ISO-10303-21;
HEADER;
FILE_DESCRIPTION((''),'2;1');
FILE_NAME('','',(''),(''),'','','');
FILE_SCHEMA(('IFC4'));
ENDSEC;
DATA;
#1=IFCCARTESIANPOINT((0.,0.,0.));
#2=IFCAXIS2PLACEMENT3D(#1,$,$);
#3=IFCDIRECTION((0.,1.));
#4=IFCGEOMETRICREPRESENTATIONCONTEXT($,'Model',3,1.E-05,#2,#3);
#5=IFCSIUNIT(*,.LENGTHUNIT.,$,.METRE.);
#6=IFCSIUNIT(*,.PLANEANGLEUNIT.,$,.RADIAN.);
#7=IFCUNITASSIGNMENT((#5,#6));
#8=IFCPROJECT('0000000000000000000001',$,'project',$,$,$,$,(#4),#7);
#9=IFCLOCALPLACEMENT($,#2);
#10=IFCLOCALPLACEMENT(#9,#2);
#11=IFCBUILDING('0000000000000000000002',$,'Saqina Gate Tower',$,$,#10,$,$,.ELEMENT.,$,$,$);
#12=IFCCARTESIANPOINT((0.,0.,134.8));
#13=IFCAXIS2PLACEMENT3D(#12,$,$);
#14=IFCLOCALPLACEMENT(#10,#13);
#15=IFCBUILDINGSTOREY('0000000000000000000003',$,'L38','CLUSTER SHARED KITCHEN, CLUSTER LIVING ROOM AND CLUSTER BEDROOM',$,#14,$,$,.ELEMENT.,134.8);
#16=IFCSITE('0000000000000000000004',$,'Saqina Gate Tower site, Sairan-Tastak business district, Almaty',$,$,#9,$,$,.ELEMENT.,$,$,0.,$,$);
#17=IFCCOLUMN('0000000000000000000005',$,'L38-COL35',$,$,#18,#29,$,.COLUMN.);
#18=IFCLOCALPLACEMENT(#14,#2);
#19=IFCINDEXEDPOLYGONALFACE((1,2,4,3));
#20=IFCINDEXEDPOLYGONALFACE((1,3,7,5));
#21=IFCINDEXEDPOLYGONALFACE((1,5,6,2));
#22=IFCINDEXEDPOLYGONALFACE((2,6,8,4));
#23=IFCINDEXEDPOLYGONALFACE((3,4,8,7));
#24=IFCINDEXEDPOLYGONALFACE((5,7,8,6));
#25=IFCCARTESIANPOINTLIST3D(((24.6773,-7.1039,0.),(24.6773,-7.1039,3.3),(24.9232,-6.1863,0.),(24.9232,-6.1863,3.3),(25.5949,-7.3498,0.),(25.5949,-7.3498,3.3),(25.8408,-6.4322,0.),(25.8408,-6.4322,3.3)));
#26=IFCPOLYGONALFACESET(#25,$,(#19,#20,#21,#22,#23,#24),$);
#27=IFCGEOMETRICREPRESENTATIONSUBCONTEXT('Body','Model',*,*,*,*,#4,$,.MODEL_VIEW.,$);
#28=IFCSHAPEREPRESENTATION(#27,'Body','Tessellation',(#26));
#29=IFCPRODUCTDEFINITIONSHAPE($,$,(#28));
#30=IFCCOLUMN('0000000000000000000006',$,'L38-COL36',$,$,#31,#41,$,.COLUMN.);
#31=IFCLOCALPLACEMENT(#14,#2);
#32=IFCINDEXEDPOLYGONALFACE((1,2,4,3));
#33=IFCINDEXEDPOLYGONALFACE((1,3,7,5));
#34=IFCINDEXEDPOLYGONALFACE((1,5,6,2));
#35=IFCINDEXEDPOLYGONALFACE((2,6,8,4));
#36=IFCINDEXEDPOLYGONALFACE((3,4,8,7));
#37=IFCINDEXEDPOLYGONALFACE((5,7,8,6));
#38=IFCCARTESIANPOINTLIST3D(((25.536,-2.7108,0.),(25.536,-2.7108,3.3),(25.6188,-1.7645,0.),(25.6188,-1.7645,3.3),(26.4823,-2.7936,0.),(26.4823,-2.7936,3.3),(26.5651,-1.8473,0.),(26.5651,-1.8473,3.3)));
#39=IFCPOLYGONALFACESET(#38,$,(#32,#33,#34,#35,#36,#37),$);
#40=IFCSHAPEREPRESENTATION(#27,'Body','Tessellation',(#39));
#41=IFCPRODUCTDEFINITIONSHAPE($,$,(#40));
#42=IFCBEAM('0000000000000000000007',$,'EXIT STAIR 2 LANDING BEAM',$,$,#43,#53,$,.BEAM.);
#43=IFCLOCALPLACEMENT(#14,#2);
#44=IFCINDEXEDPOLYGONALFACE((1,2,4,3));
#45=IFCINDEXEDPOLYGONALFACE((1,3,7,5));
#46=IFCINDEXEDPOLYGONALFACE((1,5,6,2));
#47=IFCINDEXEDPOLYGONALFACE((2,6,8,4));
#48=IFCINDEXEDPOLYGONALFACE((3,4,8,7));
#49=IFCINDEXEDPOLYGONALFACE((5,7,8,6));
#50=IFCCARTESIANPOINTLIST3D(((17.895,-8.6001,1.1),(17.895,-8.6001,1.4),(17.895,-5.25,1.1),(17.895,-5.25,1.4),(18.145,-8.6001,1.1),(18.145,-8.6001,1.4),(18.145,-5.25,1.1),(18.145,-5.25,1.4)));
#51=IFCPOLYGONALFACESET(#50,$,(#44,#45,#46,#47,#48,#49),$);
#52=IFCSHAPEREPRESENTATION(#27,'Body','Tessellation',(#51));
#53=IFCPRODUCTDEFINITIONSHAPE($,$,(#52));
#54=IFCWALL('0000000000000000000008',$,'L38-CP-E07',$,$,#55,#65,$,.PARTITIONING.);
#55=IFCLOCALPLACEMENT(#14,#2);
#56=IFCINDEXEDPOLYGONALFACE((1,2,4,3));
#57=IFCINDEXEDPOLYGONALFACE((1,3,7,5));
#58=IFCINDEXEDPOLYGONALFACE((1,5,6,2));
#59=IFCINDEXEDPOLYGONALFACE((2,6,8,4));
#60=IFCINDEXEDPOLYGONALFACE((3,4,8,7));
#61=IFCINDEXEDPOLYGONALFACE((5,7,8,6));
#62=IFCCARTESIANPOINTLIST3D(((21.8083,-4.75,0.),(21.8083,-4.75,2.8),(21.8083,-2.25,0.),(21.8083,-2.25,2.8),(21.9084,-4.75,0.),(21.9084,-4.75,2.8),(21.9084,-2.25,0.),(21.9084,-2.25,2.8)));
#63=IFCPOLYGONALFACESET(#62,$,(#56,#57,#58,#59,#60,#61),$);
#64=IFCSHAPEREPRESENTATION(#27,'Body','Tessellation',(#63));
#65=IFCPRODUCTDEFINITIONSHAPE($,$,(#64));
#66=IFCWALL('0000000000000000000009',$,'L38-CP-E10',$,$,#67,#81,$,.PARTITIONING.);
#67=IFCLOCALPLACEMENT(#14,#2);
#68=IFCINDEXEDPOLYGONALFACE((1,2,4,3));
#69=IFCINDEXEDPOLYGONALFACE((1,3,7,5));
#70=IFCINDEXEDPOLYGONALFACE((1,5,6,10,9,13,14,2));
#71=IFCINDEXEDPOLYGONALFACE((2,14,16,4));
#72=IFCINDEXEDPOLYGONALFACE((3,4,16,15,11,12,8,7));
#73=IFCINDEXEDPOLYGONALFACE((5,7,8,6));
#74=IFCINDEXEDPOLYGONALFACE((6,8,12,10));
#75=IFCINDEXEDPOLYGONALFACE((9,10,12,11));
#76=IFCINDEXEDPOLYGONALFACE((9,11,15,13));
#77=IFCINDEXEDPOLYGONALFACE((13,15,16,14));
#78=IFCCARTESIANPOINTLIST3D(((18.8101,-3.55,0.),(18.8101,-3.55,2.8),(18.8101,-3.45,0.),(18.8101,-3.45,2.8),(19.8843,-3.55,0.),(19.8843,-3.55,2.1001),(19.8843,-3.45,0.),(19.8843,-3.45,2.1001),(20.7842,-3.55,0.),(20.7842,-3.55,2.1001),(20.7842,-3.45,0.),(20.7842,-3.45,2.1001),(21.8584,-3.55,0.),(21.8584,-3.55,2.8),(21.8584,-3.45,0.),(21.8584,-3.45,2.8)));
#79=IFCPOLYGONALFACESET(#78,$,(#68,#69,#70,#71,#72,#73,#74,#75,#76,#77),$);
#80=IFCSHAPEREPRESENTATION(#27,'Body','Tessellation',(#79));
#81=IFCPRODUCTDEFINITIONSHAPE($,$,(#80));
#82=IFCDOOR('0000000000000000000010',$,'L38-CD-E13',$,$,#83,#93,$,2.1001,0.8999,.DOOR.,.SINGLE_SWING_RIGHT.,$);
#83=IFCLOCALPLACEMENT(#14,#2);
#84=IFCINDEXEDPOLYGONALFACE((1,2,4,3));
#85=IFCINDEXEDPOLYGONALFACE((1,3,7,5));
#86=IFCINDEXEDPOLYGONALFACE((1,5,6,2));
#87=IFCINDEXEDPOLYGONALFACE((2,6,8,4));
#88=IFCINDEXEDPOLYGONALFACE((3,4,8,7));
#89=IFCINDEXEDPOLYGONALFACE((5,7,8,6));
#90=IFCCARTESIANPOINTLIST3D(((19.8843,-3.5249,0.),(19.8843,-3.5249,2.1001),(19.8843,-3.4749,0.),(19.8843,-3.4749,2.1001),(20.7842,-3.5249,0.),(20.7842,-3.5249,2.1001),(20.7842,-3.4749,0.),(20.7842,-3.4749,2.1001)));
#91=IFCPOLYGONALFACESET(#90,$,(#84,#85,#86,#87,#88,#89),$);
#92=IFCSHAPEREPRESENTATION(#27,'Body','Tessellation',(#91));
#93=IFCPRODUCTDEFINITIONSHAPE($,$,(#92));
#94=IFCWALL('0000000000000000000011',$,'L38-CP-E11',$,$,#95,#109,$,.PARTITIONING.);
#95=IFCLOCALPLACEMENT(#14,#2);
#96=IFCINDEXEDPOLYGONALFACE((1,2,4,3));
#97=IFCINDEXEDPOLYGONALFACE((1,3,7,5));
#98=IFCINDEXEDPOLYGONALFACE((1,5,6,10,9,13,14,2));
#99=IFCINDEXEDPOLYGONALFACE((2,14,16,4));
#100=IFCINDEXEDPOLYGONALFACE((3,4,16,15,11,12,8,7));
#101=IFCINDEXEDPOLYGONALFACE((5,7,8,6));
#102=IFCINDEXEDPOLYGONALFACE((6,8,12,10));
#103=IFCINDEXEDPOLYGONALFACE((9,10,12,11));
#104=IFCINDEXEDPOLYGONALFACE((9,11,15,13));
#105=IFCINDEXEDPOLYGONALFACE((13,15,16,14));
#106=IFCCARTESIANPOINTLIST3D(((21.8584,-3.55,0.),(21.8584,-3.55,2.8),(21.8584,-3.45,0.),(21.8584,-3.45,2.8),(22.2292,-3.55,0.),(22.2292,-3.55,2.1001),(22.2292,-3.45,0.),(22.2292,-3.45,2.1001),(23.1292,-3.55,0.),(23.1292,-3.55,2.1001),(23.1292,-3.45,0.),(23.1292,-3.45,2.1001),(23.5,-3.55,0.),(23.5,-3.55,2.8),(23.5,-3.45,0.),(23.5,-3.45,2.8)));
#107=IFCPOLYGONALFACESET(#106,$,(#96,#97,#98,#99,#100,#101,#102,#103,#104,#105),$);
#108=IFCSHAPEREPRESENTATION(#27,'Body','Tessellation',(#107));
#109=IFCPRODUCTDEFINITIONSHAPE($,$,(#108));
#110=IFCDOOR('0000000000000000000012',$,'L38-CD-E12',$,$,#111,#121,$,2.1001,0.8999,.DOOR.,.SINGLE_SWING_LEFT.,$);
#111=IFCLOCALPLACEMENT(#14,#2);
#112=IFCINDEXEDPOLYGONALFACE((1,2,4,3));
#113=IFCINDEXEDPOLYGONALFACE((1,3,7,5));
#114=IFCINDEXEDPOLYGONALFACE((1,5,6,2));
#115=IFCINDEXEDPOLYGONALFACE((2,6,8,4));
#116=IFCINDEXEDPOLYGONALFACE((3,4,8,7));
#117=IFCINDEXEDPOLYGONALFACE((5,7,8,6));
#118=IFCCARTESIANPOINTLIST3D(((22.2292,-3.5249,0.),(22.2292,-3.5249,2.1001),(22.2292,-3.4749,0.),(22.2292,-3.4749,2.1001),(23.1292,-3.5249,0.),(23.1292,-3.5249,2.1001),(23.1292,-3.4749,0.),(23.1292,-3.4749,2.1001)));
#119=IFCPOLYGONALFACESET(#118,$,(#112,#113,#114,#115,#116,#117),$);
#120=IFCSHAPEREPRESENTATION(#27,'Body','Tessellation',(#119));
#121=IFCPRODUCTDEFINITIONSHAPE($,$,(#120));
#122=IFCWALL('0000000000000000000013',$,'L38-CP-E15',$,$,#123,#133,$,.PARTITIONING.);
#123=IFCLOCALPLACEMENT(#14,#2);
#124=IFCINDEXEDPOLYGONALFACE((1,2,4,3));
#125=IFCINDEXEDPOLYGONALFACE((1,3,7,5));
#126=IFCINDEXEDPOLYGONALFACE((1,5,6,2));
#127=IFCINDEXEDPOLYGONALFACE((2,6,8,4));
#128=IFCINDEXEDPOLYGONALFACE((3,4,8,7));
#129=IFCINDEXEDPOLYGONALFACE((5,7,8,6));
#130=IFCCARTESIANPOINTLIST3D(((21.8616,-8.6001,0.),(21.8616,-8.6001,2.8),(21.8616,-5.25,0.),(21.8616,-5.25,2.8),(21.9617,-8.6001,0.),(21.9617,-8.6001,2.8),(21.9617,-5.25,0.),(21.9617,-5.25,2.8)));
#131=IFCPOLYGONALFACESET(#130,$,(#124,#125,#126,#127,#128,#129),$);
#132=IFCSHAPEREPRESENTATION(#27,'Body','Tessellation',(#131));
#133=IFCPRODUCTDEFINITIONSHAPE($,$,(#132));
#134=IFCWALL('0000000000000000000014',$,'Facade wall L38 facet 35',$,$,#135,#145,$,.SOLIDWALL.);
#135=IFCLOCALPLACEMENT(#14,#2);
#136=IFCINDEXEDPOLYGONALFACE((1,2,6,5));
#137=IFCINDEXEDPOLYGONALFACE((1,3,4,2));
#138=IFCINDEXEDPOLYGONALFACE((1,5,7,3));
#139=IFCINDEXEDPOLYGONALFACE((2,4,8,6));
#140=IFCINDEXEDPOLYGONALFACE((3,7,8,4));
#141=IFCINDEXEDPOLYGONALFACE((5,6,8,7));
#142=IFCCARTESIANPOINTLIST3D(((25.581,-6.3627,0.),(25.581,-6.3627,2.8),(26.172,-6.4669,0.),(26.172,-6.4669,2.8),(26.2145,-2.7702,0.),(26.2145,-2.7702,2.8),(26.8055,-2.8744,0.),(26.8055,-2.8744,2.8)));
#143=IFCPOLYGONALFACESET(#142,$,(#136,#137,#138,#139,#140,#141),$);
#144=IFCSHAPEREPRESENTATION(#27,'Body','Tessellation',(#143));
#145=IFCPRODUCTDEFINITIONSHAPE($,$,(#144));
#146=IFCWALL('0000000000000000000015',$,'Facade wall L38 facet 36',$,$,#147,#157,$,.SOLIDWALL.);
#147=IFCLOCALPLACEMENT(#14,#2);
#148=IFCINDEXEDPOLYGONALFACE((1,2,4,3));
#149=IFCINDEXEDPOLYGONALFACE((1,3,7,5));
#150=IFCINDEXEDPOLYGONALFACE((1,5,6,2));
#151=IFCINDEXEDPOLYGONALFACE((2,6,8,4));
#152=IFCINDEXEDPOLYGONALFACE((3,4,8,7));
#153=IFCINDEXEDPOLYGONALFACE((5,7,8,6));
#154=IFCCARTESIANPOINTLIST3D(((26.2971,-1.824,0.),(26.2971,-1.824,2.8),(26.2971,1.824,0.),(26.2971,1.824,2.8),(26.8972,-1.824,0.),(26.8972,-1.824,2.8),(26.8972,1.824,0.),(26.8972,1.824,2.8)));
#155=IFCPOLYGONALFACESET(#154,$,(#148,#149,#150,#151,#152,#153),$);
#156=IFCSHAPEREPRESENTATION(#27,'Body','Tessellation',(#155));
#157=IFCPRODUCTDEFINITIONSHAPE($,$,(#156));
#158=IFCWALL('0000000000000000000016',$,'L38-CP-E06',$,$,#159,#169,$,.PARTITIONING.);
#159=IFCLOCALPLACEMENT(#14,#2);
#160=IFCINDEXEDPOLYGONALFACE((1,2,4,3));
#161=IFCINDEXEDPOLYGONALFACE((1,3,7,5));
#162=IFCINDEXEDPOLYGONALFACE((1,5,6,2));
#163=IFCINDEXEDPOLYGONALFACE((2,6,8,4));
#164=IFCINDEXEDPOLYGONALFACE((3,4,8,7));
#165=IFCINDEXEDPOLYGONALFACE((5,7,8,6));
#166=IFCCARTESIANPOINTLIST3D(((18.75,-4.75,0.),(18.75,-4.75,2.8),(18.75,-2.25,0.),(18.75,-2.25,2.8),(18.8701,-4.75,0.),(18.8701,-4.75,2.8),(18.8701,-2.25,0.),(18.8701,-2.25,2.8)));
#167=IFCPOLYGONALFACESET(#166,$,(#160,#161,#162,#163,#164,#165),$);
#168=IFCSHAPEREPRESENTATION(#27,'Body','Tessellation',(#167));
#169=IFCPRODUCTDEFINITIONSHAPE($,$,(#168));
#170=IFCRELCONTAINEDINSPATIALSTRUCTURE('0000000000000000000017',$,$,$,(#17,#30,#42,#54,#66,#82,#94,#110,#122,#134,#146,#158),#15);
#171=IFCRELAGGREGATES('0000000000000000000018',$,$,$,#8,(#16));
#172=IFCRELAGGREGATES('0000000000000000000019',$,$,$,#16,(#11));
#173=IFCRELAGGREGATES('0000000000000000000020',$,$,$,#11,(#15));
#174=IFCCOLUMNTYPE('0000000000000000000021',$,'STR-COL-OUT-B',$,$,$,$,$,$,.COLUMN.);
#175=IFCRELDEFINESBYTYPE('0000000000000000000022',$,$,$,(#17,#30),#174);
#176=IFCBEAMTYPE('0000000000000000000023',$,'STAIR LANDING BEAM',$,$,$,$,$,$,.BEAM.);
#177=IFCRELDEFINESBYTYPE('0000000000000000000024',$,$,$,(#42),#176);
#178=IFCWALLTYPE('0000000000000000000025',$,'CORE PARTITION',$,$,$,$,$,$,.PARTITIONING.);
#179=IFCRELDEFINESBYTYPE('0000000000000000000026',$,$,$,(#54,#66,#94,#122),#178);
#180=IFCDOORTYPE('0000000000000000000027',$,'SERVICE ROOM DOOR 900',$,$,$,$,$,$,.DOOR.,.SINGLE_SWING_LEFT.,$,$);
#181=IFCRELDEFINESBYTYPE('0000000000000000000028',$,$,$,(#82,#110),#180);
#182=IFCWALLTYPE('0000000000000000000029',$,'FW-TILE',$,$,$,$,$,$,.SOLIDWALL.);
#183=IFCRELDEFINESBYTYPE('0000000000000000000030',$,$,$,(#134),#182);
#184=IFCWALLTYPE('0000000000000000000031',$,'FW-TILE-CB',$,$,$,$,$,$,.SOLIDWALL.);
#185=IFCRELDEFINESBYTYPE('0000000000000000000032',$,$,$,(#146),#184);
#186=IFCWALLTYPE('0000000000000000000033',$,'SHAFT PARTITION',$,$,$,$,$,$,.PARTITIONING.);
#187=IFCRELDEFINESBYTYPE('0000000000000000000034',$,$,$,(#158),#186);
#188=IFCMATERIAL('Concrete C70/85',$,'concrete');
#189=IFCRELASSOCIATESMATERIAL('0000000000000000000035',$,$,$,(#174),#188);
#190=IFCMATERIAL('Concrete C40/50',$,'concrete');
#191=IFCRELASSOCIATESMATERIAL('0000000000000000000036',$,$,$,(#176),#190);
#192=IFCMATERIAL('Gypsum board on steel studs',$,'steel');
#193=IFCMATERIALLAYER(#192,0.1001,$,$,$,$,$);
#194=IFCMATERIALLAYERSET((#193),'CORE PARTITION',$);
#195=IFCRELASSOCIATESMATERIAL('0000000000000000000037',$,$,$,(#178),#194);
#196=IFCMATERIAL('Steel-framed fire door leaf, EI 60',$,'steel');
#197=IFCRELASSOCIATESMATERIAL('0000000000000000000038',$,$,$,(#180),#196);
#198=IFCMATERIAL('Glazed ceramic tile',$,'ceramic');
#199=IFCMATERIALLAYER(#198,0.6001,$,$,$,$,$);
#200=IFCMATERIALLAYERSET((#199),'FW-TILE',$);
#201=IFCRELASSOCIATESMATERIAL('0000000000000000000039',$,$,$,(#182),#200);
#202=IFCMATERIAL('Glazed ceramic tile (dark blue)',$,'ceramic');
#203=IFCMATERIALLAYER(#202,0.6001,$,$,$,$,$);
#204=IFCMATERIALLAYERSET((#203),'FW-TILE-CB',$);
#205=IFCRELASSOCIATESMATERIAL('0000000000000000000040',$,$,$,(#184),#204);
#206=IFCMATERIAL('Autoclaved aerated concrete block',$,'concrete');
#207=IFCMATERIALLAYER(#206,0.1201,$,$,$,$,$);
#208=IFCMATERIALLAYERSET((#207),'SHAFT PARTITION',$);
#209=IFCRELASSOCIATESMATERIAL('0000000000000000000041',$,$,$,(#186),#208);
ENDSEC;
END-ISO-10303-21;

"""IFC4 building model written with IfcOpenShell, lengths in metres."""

from ifc_helpers import new_model, si_unit, direction, frame, frame_2d, origin, origin_2d, place, context, subcontext, project, spatial, rectangle, extrude, material, layer, layer_set, material_profile, profile_set, type_object, element, fill, save


model = new_model("IFC4")

# Units and contexts
model_context = context("Model", 3, precision=1e-05, world=origin(), true_north=direction((0.0, 1.0)))
body_context = subcontext(model_context, "Body", "Model", "MODEL_VIEW")
ifc_project = project(units=[si_unit("LENGTHUNIT", "METRE"), si_unit("PLANEANGLEUNIT", "RADIAN")], contexts=[model_context])

# Site, building, storey
site_placement = place(None, origin())
site = spatial("IfcSite", under=ifc_project, at=site_placement, Name="Saqina Gate Tower site, Sairan-Tastak business district, Almaty", CompositionType="ELEMENT", RefElevation=0.0)
building_placement = place(site_placement, origin())
building = spatial("IfcBuilding", under=site, at=building_placement, Name="Saqina Gate Tower", CompositionType="ELEMENT")
storey_placement = place(building_placement, frame((0.0, 0.0, 134.8)))
storey = spatial("IfcBuildingStorey", under=building, at=storey_placement, Name="L38", Description="CLUSTER SHARED KITCHEN, CLUSTER LIVING ROOM AND CLUSTER BEDROOM", CompositionType="ELEMENT", Elevation=134.8)

# Columns
ifc_material_1 = material(Name="Concrete C70/85", Category="concrete")
ifc_material_profile_1 = material_profile(ifc_material_1, rectangle(XDim=0.95, YDim=0.95, at=origin_2d()), Name="RC 950x950")
ifc_profile_set_1 = profile_set([ifc_material_profile_1], Name="Concrete C70/85")
column_type = type_object("IfcColumnType", Name="STR-COL-OUT-B", PredefinedType="COLUMN", material=ifc_profile_set_1)
for number, where, z_axis, x_axis, name in (
    (1, (25.259, -6.7681, 0.0), (0.0, 0.0, 1.0), (0.965926, -0.258819, 0.0), "L38-COL35"),
    (2, (26.0505, -2.2791, 0.0), (0.0, 0.0, 1.0), (0.996195, -0.087156, 0.0), "L38-COL36"),
):
    element("IfcColumn", number, at=place(storey_placement, frame(where, z_axis=z_axis, x_axis=x_axis)), inside=storey, type_object=column_type, Name=name, PredefinedType="COLUMN", context=body_context, shape_type="SweptSolid", body=[
        extrude(rectangle(XDim=0.95, YDim=0.95, at=origin_2d()), origin(), (0.0, 0.0, 1.0), 3.3),
    ])

# Beam
ifc_material_2 = material(Name="Concrete C40/50", Category="concrete")
ifc_material_profile_2 = material_profile(ifc_material_2, rectangle(XDim=0.25, YDim=0.3, at=origin_2d()), Name="STAIR LANDING BEAM")
ifc_profile_set_2 = profile_set([ifc_material_profile_2], Name="Concrete C40/50")
beam_type = type_object("IfcBeamType", Name="STAIR LANDING BEAM", PredefinedType="BEAM", material=ifc_profile_set_2)
beam_placement = place(storey_placement, frame((18.02, -8.6001, 1.25), z_axis=(0.0, 1.0, 0.0), x_axis=(-1.0, 0.0, 0.0)))
element("IfcBeam", 3, at=beam_placement, inside=storey, type_object=beam_type, Name="EXIT STAIR 2 LANDING BEAM", PredefinedType="BEAM", context=body_context, shape_type="SweptSolid", body=[
    extrude(rectangle(XDim=0.25, YDim=0.3, at=origin_2d()), origin(), (0.0, 0.0, 1.0), 3.3501),
])

# Wall
ifc_material_3 = material(Name="Gypsum board on steel studs", Category="steel")
ifc_layer_1 = layer(ifc_material_3, 0.1001)
ifc_layer_set_1 = layer_set([ifc_layer_1], Name="CORE PARTITION")
wall_type_1 = type_object("IfcWallType", Name="CORE PARTITION", PredefinedType="PARTITIONING", material=ifc_layer_set_1)
wall_1_placement = place(storey_placement, frame((21.8584, -4.75, 0.0), z_axis=(0.0, 0.0, 1.0), x_axis=(0.0, 1.0, 0.0)))
element("IfcWall", 4, at=wall_1_placement, inside=storey, type_object=wall_type_1, Name="L38-CP-E07", PredefinedType="PARTITIONING", context=body_context, shape_type="SweptSolid", body=[
    extrude(rectangle(XDim=2.5, YDim=0.1001, at=frame_2d((1.25, 0.0))), origin(), (0.0, 0.0, 1.0), 2.8),
])

# Walls, openings, doors
wall_2_placement = place(storey_placement, frame((18.8101, -3.5, 0.0), z_axis=(0.0, 0.0, 1.0), x_axis=(1.0, 0.0, 0.0)))
wall_2 = element("IfcWall", 5, at=wall_2_placement, inside=storey, type_object=wall_type_1, Name="L38-CP-E10", PredefinedType="PARTITIONING", context=body_context, shape_type="SweptSolid", body=[
    extrude(rectangle(XDim=3.0483, YDim=0.1001, at=frame_2d((1.5242, 0.0))), origin(), (0.0, 0.0, 1.0), 2.8),
])
opening_1_placement = place(wall_2_placement, frame((1.0742, 0.0, 0.0)))
opening_1 = element("IfcOpeningElement", 6, at=opening_1_placement, cuts=wall_2, PredefinedType="OPENING", context=body_context, shape_type="SweptSolid", body=[
    extrude(rectangle(XDim=0.8999, YDim=2.1001, at=frame_2d((0.45, 1.05))), frame((0.0, 0.062, 0.0), z_axis=(0.0, -1.0, 0.0), x_axis=(1.0, 0.0, 0.0)), (0.0, 0.0, 1.0), 0.124),
])
ifc_material_4 = material(Name="Steel-framed fire door leaf, EI 60", Category="steel")
door_type = type_object("IfcDoorType", Name="SERVICE ROOM DOOR 900", OperationType="SINGLE_SWING_LEFT", PredefinedType="DOOR", material=ifc_material_4)
door_1_placement = place(opening_1_placement, frame((0.8999, 0.0, 0.0), z_axis=(0.0, 0.0, 1.0), x_axis=(-1.0, 0.0, 0.0)))
door_1 = element("IfcDoor", 7, at=door_1_placement, inside=storey, type_object=door_type, Name="L38-CD-E13", OperationType="SINGLE_SWING_RIGHT", OverallHeight=2.1001, OverallWidth=0.8999, PredefinedType="DOOR", context=body_context, shape_type="SweptSolid", body=[
    extrude(rectangle(XDim=0.8999, YDim=2.1001, at=frame_2d((0.45, 1.05))), frame((0.0, 0.0249, 0.0), z_axis=(0.0, -1.0, 0.0), x_axis=(1.0, 0.0, 0.0)), (0.0, 0.0, 1.0), 0.05),
])
fill(opening_1, door_1)
wall_3_placement = place(storey_placement, frame((21.8584, -3.5, 0.0), z_axis=(0.0, 0.0, 1.0), x_axis=(1.0, 0.0, 0.0)))
wall_3 = element("IfcWall", 8, at=wall_3_placement, inside=storey, type_object=wall_type_1, Name="L38-CP-E11", PredefinedType="PARTITIONING", context=body_context, shape_type="SweptSolid", body=[
    extrude(rectangle(XDim=1.6416, YDim=0.1001, at=frame_2d((0.8208, 0.0))), origin(), (0.0, 0.0, 1.0), 2.8),
])
opening_2_placement = place(wall_3_placement, frame((0.3708, 0.0, 0.0)))
opening_2 = element("IfcOpeningElement", 9, at=opening_2_placement, cuts=wall_3, PredefinedType="OPENING", context=body_context, shape_type="SweptSolid", body=[
    extrude(rectangle(XDim=0.8999, YDim=2.1001, at=frame_2d((0.45, 1.05))), frame((0.0, 0.062, 0.0), z_axis=(0.0, -1.0, 0.0), x_axis=(1.0, 0.0, 0.0)), (0.0, 0.0, 1.0), 0.124),
])
door_2_placement = place(opening_2_placement, frame((0.8999, 0.0, 0.0), z_axis=(0.0, 0.0, 1.0), x_axis=(-1.0, 0.0, 0.0)))
door_2 = element("IfcDoor", 10, at=door_2_placement, inside=storey, type_object=door_type, Name="L38-CD-E12", OperationType="SINGLE_SWING_LEFT", OverallHeight=2.1001, OverallWidth=0.8999, PredefinedType="DOOR", context=body_context, shape_type="SweptSolid", body=[
    extrude(rectangle(XDim=0.8999, YDim=2.1001, at=frame_2d((0.45, 1.05))), frame((0.0, 0.0249, 0.0), z_axis=(0.0, -1.0, 0.0), x_axis=(1.0, 0.0, 0.0)), (0.0, 0.0, 1.0), 0.05),
])
fill(opening_2, door_2)

# Walls
wall_4_placement = place(storey_placement, frame((21.9116, -8.6001, 0.0), z_axis=(0.0, 0.0, 1.0), x_axis=(0.0, 1.0, 0.0)))
element("IfcWall", 11, at=wall_4_placement, inside=storey, type_object=wall_type_1, Name="L38-CP-E15", PredefinedType="PARTITIONING", context=body_context, shape_type="SweptSolid", body=[
    extrude(rectangle(XDim=3.3501, YDim=0.1001, at=frame_2d((1.675, 0.0))), origin(), (0.0, 0.0, 1.0), 2.8),
])
ifc_material_5 = material(Name="Glazed ceramic tile", Category="ceramic")
ifc_layer_2 = layer(ifc_material_5, 0.6001)
ifc_layer_set_2 = layer_set([ifc_layer_2], Name="FW-TILE")
wall_type_2 = type_object("IfcWallType", Name="FW-TILE", PredefinedType="SOLIDWALL", material=ifc_layer_set_2)
wall_5_placement = place(storey_placement, frame((25.8765, -6.4148, 0.0), z_axis=(0.0, 0.0, 1.0), x_axis=(0.173671, 0.984804, 0.0)))
element("IfcWall", 12, at=wall_5_placement, inside=storey, type_object=wall_type_2, Name="Facade wall L38 facet 35", PredefinedType="SOLIDWALL", context=body_context, shape_type="SweptSolid", body=[
    extrude(rectangle(XDim=3.6479, YDim=0.6001, at=frame_2d((1.824, 0.0))), origin(), (0.0, 0.0, 1.0), 2.8),
])
ifc_material_6 = material(Name="Glazed ceramic tile (dark blue)", Category="ceramic")
ifc_layer_3 = layer(ifc_material_6, 0.6001)
ifc_layer_set_3 = layer_set([ifc_layer_3], Name="FW-TILE-CB")
wall_type_3 = type_object("IfcWallType", Name="FW-TILE-CB", PredefinedType="SOLIDWALL", material=ifc_layer_set_3)
wall_6_placement = place(storey_placement, frame((26.5972, -1.824, 0.0), z_axis=(0.0, 0.0, 1.0), x_axis=(0.0, 1.0, 0.0)))
element("IfcWall", 13, at=wall_6_placement, inside=storey, type_object=wall_type_3, Name="Facade wall L38 facet 36", PredefinedType="SOLIDWALL", context=body_context, shape_type="SweptSolid", body=[
    extrude(rectangle(XDim=3.6479, YDim=0.6001, at=frame_2d((1.824, 0.0))), origin(), (0.0, 0.0, 1.0), 2.8),
])
ifc_material_7 = material(Name="Autoclaved aerated concrete block", Category="concrete")
ifc_layer_4 = layer(ifc_material_7, 0.1201)
ifc_layer_set_4 = layer_set([ifc_layer_4], Name="SHAFT PARTITION")
wall_type_4 = type_object("IfcWallType", Name="SHAFT PARTITION", PredefinedType="PARTITIONING", material=ifc_layer_set_4)
wall_7_placement = place(storey_placement, frame((18.8101, -4.75, 0.0), z_axis=(0.0, 0.0, 1.0), x_axis=(0.0, 1.0, 0.0)))
element("IfcWall", 14, at=wall_7_placement, inside=storey, type_object=wall_type_4, Name="L38-CP-E06", PredefinedType="PARTITIONING", context=body_context, shape_type="SweptSolid", body=[
    extrude(rectangle(XDim=2.5, YDim=0.1201, at=frame_2d((1.25, 0.0))), origin(), (0.0, 0.0, 1.0), 2.8),
])

save(model, "model.ifc")
